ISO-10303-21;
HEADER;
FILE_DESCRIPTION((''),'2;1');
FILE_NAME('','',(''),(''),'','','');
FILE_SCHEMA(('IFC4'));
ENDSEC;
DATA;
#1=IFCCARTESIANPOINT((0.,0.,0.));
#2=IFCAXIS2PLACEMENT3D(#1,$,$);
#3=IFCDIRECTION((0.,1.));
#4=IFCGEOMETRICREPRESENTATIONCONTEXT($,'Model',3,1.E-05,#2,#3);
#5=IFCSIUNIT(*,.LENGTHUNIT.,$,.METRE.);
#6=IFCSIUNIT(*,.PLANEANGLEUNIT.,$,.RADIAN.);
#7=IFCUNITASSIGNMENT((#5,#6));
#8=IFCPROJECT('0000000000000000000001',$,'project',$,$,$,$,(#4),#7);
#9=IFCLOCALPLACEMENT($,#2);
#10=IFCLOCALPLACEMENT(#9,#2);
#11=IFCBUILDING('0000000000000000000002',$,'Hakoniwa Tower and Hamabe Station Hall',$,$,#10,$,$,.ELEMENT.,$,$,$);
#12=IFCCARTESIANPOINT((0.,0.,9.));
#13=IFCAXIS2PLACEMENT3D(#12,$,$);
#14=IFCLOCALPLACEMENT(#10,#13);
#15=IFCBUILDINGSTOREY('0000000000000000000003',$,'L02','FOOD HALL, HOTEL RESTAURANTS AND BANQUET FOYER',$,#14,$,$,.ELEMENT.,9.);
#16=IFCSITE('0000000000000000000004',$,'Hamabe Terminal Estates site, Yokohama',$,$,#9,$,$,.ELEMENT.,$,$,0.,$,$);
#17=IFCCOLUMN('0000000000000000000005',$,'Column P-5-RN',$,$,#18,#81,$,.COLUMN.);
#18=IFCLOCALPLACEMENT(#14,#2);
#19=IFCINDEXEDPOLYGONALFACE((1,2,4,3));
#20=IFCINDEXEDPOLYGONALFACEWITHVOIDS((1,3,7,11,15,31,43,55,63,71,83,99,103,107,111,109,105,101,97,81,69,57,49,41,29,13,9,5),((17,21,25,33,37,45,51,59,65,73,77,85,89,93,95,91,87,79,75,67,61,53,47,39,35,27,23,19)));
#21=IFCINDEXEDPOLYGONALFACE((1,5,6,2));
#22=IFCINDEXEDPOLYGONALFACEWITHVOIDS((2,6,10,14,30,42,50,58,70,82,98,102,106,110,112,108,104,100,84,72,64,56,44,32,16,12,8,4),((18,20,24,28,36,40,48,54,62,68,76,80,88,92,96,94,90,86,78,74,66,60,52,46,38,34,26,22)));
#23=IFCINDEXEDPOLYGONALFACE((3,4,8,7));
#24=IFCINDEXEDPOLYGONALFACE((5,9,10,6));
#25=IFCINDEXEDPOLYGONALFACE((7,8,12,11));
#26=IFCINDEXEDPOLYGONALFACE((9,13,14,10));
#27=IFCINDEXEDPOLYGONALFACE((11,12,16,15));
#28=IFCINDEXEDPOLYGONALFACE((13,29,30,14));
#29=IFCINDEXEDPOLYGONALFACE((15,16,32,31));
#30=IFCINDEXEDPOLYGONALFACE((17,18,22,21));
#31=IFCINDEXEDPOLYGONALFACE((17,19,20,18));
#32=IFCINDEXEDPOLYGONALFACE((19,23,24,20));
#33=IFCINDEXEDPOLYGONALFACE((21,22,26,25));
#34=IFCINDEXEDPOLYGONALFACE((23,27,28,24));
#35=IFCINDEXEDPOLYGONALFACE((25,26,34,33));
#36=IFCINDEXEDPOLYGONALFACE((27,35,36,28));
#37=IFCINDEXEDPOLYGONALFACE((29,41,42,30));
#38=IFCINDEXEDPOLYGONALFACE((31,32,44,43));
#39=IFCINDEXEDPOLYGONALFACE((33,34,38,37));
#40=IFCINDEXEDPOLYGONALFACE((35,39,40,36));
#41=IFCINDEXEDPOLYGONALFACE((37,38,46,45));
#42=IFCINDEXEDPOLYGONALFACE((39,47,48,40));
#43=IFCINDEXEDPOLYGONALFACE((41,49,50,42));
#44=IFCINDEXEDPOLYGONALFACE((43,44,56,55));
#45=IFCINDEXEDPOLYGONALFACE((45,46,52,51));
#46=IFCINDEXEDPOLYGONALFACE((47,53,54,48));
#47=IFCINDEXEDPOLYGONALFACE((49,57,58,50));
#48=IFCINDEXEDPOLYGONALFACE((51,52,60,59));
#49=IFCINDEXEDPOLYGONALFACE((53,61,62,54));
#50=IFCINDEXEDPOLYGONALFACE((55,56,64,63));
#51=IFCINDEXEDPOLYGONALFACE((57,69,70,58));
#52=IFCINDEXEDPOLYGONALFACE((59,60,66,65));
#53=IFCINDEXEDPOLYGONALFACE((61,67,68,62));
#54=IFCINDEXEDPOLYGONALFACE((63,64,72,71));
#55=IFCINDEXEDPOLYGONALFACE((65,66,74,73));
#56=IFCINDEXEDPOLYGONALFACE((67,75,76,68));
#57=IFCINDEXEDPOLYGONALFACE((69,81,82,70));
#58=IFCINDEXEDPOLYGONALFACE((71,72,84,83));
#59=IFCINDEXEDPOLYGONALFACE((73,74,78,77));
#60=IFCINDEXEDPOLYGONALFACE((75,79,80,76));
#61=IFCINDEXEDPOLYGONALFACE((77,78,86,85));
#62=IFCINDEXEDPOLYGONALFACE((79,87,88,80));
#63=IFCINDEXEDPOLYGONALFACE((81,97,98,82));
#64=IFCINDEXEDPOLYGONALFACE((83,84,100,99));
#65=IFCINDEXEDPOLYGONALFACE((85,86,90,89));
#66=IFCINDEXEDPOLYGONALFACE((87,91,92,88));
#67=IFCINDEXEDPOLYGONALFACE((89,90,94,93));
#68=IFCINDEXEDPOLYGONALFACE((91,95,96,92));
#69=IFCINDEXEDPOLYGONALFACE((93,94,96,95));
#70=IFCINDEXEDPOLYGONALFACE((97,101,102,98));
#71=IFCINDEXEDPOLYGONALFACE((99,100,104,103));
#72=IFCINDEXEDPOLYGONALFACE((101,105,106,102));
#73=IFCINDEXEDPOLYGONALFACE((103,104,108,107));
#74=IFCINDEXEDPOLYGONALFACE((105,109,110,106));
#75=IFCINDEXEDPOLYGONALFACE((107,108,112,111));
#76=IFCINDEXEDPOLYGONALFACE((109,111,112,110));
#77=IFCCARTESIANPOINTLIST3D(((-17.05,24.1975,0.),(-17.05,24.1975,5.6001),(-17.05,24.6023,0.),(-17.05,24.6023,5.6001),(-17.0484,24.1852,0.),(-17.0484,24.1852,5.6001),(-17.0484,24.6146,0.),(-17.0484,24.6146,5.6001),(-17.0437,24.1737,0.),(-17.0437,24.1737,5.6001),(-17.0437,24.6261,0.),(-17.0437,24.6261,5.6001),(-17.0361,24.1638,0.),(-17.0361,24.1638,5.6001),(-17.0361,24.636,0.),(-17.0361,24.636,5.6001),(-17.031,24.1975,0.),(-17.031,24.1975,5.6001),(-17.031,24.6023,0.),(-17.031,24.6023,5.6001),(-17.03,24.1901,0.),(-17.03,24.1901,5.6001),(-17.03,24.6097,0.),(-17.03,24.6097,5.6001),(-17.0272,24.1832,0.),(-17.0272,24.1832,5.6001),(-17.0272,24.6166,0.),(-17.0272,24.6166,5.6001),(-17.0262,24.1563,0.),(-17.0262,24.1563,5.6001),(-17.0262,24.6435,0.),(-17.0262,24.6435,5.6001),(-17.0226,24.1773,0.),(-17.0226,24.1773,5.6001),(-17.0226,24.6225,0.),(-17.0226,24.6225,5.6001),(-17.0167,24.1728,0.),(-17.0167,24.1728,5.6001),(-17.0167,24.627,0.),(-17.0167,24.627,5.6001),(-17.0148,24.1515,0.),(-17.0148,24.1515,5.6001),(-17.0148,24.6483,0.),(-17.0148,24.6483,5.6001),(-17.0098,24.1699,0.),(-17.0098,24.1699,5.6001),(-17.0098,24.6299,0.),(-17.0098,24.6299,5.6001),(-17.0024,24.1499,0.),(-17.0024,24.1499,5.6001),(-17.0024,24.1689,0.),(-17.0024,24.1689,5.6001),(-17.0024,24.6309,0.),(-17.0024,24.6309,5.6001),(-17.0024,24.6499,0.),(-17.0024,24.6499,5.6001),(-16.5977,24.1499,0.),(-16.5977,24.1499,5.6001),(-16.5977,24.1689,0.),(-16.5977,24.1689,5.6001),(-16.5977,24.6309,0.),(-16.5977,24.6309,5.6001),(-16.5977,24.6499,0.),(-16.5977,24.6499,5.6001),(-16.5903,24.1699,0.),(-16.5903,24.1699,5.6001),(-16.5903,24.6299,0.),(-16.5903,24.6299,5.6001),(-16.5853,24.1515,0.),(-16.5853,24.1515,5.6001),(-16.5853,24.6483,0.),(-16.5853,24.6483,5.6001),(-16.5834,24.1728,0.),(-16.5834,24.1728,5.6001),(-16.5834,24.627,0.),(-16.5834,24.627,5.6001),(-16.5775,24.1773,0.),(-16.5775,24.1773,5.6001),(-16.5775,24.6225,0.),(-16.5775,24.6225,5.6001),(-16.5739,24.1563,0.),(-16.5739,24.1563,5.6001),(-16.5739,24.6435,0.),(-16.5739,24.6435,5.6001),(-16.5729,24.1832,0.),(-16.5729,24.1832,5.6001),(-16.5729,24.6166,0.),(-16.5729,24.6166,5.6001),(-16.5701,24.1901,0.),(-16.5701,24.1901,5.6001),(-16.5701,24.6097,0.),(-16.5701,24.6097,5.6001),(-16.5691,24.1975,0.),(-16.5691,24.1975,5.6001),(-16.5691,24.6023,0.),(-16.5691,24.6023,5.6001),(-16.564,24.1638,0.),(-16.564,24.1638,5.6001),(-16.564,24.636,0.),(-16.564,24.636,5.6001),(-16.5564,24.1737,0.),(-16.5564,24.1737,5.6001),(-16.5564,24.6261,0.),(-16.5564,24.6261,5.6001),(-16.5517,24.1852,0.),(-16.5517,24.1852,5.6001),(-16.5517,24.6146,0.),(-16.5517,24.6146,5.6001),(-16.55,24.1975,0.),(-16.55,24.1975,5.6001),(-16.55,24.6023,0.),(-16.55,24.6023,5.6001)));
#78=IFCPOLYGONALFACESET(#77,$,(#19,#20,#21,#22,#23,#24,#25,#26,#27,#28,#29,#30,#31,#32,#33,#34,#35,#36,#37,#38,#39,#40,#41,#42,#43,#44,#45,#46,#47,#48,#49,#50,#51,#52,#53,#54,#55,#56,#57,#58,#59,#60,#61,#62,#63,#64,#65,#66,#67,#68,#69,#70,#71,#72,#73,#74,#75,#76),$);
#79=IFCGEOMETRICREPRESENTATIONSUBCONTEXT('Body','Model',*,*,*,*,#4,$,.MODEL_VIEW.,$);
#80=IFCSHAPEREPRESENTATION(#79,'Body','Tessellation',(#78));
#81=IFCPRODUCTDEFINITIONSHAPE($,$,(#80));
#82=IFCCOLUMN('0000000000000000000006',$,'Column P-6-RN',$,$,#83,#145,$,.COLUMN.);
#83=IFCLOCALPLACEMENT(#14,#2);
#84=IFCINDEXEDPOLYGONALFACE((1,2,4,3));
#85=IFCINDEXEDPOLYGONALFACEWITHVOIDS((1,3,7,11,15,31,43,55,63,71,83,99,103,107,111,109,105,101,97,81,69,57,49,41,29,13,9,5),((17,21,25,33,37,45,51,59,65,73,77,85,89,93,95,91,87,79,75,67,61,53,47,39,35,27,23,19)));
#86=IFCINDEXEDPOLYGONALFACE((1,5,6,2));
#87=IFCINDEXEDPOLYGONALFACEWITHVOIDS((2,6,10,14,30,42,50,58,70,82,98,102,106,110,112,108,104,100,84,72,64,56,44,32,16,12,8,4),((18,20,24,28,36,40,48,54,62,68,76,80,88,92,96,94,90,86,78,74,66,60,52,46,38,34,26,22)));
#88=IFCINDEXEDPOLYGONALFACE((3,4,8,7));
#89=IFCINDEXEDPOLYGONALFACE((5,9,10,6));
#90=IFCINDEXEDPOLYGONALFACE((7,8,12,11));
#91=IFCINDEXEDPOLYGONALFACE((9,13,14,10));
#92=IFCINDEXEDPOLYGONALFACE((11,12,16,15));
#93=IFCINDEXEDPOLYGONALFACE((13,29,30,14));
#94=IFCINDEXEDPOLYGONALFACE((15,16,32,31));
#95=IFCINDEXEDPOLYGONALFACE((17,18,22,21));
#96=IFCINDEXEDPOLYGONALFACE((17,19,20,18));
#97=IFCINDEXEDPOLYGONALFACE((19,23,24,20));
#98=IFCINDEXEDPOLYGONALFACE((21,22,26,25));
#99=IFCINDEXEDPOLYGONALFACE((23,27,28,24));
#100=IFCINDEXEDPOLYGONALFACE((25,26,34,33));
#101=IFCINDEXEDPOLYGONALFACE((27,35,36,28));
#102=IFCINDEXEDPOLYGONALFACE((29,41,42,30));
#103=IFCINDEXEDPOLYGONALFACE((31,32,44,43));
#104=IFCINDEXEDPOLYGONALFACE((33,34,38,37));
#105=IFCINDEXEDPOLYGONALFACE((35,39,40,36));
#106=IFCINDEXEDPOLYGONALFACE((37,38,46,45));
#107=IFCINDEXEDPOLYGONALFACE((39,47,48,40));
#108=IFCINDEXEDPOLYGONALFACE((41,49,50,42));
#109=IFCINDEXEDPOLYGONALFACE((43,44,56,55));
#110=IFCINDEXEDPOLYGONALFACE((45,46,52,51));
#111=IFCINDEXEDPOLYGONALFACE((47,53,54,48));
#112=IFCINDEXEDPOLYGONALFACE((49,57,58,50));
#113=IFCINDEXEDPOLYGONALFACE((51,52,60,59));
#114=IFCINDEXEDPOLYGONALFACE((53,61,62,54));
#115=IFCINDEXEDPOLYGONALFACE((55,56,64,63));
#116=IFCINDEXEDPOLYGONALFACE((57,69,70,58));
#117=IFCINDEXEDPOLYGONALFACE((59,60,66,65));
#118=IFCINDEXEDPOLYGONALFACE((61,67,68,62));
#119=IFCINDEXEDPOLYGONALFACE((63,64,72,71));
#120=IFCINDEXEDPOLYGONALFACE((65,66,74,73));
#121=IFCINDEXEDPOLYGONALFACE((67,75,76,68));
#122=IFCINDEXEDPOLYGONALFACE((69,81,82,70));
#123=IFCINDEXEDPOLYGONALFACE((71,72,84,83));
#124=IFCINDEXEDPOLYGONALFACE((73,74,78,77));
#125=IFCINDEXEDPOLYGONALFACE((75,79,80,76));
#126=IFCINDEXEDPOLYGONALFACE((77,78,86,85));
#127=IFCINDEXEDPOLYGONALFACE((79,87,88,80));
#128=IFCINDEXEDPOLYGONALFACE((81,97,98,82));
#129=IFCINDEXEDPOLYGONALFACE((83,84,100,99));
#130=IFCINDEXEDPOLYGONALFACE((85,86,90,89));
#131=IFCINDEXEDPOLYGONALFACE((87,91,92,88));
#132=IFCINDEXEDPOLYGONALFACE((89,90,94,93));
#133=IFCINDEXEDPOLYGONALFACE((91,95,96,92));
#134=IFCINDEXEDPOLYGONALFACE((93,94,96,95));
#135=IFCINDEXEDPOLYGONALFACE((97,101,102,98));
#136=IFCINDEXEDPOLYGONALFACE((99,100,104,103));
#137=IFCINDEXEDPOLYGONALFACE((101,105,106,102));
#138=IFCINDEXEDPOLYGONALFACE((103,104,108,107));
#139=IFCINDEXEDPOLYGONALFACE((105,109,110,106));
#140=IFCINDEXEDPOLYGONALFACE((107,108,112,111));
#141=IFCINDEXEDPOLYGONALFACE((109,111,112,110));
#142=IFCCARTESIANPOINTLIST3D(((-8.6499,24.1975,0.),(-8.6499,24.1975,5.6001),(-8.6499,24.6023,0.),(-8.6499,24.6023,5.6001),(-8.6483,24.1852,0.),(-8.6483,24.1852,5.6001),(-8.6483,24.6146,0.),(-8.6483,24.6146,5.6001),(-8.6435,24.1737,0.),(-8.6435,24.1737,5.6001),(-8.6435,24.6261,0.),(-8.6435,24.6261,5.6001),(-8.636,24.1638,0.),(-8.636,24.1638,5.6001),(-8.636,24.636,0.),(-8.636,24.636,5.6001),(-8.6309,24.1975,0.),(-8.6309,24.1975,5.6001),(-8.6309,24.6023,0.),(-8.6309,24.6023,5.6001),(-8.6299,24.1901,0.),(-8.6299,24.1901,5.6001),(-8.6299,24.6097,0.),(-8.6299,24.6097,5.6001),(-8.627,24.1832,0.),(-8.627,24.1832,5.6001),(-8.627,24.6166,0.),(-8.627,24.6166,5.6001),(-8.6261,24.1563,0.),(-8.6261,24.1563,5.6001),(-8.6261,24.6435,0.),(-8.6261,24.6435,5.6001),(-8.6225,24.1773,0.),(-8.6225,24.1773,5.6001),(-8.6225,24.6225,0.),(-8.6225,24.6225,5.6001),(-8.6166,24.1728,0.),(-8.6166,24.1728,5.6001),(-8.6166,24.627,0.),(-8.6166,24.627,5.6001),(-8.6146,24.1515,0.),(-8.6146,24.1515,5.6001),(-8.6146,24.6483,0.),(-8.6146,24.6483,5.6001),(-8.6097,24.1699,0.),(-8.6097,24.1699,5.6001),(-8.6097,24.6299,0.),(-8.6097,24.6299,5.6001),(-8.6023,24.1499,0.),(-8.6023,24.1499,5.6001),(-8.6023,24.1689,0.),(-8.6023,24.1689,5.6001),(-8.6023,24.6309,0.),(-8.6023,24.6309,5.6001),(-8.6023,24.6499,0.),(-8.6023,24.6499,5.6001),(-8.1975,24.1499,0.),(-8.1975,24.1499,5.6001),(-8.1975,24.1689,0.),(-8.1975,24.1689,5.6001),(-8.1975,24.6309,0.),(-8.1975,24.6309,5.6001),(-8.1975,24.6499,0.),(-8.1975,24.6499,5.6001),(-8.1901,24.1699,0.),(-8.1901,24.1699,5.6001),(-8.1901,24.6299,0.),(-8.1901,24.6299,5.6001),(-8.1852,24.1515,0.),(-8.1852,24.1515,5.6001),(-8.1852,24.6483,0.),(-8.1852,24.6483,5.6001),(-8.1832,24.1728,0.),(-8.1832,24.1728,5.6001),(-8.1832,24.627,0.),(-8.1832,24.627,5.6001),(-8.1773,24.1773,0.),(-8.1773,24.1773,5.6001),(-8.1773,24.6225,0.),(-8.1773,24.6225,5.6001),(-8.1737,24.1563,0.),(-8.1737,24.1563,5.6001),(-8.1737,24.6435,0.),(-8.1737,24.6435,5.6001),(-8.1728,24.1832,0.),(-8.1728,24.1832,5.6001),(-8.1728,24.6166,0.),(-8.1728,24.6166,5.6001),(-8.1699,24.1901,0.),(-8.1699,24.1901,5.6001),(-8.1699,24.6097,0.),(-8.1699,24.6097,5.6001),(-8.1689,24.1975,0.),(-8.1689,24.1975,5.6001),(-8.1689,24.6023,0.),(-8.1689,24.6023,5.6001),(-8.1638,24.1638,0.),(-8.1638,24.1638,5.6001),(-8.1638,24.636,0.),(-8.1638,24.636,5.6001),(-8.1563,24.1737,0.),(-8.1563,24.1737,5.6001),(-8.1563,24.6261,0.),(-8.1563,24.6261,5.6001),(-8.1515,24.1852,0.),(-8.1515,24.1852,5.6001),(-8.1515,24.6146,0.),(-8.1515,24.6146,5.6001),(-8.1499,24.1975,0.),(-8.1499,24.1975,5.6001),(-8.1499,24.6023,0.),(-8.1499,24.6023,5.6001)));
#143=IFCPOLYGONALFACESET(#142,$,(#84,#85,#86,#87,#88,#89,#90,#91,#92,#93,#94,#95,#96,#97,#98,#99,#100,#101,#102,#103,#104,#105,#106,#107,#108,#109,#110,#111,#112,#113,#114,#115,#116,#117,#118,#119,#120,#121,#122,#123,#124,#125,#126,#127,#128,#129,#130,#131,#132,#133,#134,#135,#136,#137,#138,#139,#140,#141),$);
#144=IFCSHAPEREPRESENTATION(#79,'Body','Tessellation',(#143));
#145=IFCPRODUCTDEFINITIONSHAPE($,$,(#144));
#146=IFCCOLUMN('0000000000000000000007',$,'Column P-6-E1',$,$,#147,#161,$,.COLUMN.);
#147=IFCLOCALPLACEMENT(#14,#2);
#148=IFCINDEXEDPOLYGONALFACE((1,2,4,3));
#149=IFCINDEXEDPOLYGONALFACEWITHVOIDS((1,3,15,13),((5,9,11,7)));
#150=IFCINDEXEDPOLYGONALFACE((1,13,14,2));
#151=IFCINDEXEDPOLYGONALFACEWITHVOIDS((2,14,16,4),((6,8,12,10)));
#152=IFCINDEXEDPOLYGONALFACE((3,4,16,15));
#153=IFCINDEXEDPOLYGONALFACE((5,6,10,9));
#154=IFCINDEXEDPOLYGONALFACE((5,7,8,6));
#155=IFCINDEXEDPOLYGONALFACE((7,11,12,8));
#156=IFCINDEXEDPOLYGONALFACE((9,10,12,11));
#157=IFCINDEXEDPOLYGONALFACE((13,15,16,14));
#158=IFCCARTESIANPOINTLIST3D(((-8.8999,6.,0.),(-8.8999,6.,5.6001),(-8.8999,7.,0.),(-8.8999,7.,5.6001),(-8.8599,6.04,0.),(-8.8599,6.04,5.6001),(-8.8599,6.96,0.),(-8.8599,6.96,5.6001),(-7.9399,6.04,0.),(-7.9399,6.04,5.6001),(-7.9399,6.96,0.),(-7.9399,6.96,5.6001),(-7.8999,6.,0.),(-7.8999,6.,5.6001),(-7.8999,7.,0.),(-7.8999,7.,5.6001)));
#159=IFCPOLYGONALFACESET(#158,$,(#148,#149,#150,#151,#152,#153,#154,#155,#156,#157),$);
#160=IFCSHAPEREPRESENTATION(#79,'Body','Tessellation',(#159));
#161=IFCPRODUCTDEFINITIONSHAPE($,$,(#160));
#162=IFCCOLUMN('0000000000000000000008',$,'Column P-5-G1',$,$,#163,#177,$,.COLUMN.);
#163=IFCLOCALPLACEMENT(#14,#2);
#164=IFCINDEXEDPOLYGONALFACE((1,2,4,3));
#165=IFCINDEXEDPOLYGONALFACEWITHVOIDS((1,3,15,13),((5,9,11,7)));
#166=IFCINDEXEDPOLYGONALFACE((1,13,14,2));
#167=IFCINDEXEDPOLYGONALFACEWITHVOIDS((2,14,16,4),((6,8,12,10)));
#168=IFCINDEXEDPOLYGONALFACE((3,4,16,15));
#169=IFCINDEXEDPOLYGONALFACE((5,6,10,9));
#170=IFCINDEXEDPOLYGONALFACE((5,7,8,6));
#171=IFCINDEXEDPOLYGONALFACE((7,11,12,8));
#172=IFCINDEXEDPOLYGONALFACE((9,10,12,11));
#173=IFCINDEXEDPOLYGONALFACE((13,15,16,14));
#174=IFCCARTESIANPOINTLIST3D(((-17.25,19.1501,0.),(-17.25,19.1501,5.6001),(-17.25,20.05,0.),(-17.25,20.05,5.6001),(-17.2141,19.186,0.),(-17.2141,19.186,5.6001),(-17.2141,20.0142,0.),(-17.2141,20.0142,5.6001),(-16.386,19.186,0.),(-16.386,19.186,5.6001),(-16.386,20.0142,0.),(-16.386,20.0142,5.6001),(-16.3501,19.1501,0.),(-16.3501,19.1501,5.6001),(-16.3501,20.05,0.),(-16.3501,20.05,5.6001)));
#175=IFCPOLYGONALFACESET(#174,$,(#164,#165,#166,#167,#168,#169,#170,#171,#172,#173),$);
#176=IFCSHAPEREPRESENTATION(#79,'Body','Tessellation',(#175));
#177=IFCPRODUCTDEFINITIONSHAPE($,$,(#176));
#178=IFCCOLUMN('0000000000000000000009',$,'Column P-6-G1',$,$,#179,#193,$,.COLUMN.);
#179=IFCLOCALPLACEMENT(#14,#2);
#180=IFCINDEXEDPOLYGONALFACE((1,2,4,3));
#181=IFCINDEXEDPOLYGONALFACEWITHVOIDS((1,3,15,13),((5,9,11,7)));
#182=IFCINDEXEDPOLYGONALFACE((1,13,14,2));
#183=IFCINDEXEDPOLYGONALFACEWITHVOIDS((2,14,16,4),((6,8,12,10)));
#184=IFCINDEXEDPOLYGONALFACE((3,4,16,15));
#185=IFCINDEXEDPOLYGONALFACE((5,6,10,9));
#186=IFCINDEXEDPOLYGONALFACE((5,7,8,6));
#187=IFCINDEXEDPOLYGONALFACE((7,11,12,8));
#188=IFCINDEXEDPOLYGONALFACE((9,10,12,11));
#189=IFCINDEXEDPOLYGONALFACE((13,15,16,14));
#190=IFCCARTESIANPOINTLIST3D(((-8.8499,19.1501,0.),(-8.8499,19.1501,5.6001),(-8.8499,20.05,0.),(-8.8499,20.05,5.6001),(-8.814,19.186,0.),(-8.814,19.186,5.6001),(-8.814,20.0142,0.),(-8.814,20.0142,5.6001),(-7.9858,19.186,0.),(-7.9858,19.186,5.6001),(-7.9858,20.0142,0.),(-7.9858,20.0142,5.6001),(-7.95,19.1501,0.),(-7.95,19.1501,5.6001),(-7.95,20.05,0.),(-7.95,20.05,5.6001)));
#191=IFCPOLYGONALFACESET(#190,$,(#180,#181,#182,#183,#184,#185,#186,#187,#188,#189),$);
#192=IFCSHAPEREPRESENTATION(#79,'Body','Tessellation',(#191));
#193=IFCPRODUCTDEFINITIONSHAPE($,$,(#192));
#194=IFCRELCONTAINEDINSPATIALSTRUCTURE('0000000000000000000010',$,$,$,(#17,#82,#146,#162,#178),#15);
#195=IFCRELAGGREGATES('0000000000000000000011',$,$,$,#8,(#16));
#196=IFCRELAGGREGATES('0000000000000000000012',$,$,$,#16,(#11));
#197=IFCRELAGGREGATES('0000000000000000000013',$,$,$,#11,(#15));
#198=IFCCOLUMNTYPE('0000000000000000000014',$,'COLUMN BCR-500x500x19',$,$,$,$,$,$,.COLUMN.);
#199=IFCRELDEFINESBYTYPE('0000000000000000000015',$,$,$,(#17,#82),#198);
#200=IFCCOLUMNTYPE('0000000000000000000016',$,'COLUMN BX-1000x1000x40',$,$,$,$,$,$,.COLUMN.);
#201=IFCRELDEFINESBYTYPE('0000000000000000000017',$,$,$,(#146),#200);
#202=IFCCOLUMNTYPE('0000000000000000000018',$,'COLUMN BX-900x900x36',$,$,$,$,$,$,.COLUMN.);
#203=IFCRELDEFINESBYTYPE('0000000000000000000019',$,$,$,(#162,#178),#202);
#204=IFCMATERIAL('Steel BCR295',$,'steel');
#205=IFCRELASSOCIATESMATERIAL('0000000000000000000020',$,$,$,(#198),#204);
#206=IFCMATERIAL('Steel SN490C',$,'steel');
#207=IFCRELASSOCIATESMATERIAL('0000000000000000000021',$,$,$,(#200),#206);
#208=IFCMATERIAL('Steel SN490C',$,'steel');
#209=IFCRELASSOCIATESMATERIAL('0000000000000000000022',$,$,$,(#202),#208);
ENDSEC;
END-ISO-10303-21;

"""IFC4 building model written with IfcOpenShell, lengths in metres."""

from ifc_helpers import new_model, si_unit, direction, frame, origin, origin_2d, place, context, subcontext, project, spatial, hollow_rectangle, extrude, material, material_profile, profile_set, type_object, element, save


model = new_model("IFC4")

# Units and contexts
model_context = context("Model", 3, precision=1e-05, world=origin(), true_north=direction((0.0, 1.0)))
body_context = subcontext(model_context, "Body", "Model", "MODEL_VIEW")
ifc_project = project(units=[si_unit("LENGTHUNIT", "METRE"), si_unit("PLANEANGLEUNIT", "RADIAN")], contexts=[model_context])

# Site, building, storey
site_placement = place(None, origin())
site = spatial("IfcSite", under=ifc_project, at=site_placement, Name="Hamabe Terminal Estates site, Yokohama", CompositionType="ELEMENT", RefElevation=0.0)
building_placement = place(site_placement, origin())
building = spatial("IfcBuilding", under=site, at=building_placement, Name="Hakoniwa Tower and Hamabe Station Hall", CompositionType="ELEMENT")
storey_placement = place(building_placement, frame((0.0, 0.0, 9.0)))
storey = spatial("IfcBuildingStorey", under=building, at=storey_placement, Name="L02", Description="FOOD HALL, HOTEL RESTAURANTS AND BANQUET FOYER", CompositionType="ELEMENT", Elevation=9.0)

# Columns
ifc_material_1 = material(Name="Steel BCR295", Category="steel")
ifc_material_profile_1 = material_profile(ifc_material_1, hollow_rectangle(XDim=0.5, YDim=0.5, WallThickness=0.019, InnerFilletRadius=0.0286, OuterFilletRadius=0.0476, at=origin_2d()), Name="BCR-500x500x19")
ifc_profile_set_1 = profile_set([ifc_material_profile_1], Name="Steel BCR295")
column_type_1 = type_object("IfcColumnType", Name="COLUMN BCR-500x500x19", PredefinedType="COLUMN", material=ifc_profile_set_1)
for number, where, z_axis, x_axis, name in (
    (1, (-16.8, 24.3999, 0.0), (0.0, 0.0, 1.0), (1.0, 0.0, 0.0), "Column P-5-RN"),
    (2, (-8.3999, 24.3999, 0.0), (0.0, 0.0, 1.0), (1.0, 0.0, 0.0), "Column P-6-RN"),
):
    element("IfcColumn", number, at=place(storey_placement, frame(where, z_axis=z_axis, x_axis=x_axis)), inside=storey, type_object=column_type_1, Name=name, PredefinedType="COLUMN", context=body_context, shape_type="SweptSolid", body=[
        extrude(hollow_rectangle(XDim=0.5, YDim=0.5, WallThickness=0.019, InnerFilletRadius=0.0286, OuterFilletRadius=0.0476, at=origin_2d()), origin(), (0.0, 0.0, 1.0), 5.6001),
    ])
ifc_material_2 = material(Name="Steel SN490C", Category="steel")
ifc_material_profile_2 = material_profile(ifc_material_2, hollow_rectangle(XDim=1.0, YDim=1.0, WallThickness=0.04, at=origin_2d()), Name="BX-1000x1000x40")
ifc_profile_set_2 = profile_set([ifc_material_profile_2], Name="Steel SN490C")
column_type_2 = type_object("IfcColumnType", Name="COLUMN BX-1000x1000x40", PredefinedType="COLUMN", material=ifc_profile_set_2)
column_placement = place(storey_placement, frame((-8.3999, 6.5, 0.0), z_axis=(0.0, 0.0, 1.0), x_axis=(1.0, 0.0, 0.0)))
element("IfcColumn", 3, at=column_placement, inside=storey, type_object=column_type_2, Name="Column P-6-E1", PredefinedType="COLUMN", context=body_context, shape_type="SweptSolid", body=[
    extrude(hollow_rectangle(XDim=1.0, YDim=1.0, WallThickness=0.04, at=origin_2d()), origin(), (0.0, 0.0, 1.0), 5.6001),
])
ifc_material_3 = material(Name="Steel SN490C", Category="steel")
ifc_material_profile_3 = material_profile(ifc_material_3, hollow_rectangle(XDim=0.8999, YDim=0.8999, WallThickness=0.0359, at=origin_2d()), Name="BX-900x900x36")
ifc_profile_set_3 = profile_set([ifc_material_profile_3], Name="Steel SN490C")
column_type_3 = type_object("IfcColumnType", Name="COLUMN BX-900x900x36", PredefinedType="COLUMN", material=ifc_profile_set_3)
for number, where, z_axis, x_axis, name in (
    (4, (-16.8, 19.6001, 0.0), (0.0, 0.0, 1.0), (1.0, 0.0, 0.0), "Column P-5-G1"),
    (5, (-8.3999, 19.6001, 0.0), (0.0, 0.0, 1.0), (1.0, 0.0, 0.0), "Column P-6-G1"),
):
    element("IfcColumn", number, at=place(storey_placement, frame(where, z_axis=z_axis, x_axis=x_axis)), inside=storey, type_object=column_type_3, Name=name, PredefinedType="COLUMN", context=body_context, shape_type="SweptSolid", body=[
        extrude(hollow_rectangle(XDim=0.8999, YDim=0.8999, WallThickness=0.0359, at=origin_2d()), origin(), (0.0, 0.0, 1.0), 5.6001),
    ])

save(model, "model.ifc")
